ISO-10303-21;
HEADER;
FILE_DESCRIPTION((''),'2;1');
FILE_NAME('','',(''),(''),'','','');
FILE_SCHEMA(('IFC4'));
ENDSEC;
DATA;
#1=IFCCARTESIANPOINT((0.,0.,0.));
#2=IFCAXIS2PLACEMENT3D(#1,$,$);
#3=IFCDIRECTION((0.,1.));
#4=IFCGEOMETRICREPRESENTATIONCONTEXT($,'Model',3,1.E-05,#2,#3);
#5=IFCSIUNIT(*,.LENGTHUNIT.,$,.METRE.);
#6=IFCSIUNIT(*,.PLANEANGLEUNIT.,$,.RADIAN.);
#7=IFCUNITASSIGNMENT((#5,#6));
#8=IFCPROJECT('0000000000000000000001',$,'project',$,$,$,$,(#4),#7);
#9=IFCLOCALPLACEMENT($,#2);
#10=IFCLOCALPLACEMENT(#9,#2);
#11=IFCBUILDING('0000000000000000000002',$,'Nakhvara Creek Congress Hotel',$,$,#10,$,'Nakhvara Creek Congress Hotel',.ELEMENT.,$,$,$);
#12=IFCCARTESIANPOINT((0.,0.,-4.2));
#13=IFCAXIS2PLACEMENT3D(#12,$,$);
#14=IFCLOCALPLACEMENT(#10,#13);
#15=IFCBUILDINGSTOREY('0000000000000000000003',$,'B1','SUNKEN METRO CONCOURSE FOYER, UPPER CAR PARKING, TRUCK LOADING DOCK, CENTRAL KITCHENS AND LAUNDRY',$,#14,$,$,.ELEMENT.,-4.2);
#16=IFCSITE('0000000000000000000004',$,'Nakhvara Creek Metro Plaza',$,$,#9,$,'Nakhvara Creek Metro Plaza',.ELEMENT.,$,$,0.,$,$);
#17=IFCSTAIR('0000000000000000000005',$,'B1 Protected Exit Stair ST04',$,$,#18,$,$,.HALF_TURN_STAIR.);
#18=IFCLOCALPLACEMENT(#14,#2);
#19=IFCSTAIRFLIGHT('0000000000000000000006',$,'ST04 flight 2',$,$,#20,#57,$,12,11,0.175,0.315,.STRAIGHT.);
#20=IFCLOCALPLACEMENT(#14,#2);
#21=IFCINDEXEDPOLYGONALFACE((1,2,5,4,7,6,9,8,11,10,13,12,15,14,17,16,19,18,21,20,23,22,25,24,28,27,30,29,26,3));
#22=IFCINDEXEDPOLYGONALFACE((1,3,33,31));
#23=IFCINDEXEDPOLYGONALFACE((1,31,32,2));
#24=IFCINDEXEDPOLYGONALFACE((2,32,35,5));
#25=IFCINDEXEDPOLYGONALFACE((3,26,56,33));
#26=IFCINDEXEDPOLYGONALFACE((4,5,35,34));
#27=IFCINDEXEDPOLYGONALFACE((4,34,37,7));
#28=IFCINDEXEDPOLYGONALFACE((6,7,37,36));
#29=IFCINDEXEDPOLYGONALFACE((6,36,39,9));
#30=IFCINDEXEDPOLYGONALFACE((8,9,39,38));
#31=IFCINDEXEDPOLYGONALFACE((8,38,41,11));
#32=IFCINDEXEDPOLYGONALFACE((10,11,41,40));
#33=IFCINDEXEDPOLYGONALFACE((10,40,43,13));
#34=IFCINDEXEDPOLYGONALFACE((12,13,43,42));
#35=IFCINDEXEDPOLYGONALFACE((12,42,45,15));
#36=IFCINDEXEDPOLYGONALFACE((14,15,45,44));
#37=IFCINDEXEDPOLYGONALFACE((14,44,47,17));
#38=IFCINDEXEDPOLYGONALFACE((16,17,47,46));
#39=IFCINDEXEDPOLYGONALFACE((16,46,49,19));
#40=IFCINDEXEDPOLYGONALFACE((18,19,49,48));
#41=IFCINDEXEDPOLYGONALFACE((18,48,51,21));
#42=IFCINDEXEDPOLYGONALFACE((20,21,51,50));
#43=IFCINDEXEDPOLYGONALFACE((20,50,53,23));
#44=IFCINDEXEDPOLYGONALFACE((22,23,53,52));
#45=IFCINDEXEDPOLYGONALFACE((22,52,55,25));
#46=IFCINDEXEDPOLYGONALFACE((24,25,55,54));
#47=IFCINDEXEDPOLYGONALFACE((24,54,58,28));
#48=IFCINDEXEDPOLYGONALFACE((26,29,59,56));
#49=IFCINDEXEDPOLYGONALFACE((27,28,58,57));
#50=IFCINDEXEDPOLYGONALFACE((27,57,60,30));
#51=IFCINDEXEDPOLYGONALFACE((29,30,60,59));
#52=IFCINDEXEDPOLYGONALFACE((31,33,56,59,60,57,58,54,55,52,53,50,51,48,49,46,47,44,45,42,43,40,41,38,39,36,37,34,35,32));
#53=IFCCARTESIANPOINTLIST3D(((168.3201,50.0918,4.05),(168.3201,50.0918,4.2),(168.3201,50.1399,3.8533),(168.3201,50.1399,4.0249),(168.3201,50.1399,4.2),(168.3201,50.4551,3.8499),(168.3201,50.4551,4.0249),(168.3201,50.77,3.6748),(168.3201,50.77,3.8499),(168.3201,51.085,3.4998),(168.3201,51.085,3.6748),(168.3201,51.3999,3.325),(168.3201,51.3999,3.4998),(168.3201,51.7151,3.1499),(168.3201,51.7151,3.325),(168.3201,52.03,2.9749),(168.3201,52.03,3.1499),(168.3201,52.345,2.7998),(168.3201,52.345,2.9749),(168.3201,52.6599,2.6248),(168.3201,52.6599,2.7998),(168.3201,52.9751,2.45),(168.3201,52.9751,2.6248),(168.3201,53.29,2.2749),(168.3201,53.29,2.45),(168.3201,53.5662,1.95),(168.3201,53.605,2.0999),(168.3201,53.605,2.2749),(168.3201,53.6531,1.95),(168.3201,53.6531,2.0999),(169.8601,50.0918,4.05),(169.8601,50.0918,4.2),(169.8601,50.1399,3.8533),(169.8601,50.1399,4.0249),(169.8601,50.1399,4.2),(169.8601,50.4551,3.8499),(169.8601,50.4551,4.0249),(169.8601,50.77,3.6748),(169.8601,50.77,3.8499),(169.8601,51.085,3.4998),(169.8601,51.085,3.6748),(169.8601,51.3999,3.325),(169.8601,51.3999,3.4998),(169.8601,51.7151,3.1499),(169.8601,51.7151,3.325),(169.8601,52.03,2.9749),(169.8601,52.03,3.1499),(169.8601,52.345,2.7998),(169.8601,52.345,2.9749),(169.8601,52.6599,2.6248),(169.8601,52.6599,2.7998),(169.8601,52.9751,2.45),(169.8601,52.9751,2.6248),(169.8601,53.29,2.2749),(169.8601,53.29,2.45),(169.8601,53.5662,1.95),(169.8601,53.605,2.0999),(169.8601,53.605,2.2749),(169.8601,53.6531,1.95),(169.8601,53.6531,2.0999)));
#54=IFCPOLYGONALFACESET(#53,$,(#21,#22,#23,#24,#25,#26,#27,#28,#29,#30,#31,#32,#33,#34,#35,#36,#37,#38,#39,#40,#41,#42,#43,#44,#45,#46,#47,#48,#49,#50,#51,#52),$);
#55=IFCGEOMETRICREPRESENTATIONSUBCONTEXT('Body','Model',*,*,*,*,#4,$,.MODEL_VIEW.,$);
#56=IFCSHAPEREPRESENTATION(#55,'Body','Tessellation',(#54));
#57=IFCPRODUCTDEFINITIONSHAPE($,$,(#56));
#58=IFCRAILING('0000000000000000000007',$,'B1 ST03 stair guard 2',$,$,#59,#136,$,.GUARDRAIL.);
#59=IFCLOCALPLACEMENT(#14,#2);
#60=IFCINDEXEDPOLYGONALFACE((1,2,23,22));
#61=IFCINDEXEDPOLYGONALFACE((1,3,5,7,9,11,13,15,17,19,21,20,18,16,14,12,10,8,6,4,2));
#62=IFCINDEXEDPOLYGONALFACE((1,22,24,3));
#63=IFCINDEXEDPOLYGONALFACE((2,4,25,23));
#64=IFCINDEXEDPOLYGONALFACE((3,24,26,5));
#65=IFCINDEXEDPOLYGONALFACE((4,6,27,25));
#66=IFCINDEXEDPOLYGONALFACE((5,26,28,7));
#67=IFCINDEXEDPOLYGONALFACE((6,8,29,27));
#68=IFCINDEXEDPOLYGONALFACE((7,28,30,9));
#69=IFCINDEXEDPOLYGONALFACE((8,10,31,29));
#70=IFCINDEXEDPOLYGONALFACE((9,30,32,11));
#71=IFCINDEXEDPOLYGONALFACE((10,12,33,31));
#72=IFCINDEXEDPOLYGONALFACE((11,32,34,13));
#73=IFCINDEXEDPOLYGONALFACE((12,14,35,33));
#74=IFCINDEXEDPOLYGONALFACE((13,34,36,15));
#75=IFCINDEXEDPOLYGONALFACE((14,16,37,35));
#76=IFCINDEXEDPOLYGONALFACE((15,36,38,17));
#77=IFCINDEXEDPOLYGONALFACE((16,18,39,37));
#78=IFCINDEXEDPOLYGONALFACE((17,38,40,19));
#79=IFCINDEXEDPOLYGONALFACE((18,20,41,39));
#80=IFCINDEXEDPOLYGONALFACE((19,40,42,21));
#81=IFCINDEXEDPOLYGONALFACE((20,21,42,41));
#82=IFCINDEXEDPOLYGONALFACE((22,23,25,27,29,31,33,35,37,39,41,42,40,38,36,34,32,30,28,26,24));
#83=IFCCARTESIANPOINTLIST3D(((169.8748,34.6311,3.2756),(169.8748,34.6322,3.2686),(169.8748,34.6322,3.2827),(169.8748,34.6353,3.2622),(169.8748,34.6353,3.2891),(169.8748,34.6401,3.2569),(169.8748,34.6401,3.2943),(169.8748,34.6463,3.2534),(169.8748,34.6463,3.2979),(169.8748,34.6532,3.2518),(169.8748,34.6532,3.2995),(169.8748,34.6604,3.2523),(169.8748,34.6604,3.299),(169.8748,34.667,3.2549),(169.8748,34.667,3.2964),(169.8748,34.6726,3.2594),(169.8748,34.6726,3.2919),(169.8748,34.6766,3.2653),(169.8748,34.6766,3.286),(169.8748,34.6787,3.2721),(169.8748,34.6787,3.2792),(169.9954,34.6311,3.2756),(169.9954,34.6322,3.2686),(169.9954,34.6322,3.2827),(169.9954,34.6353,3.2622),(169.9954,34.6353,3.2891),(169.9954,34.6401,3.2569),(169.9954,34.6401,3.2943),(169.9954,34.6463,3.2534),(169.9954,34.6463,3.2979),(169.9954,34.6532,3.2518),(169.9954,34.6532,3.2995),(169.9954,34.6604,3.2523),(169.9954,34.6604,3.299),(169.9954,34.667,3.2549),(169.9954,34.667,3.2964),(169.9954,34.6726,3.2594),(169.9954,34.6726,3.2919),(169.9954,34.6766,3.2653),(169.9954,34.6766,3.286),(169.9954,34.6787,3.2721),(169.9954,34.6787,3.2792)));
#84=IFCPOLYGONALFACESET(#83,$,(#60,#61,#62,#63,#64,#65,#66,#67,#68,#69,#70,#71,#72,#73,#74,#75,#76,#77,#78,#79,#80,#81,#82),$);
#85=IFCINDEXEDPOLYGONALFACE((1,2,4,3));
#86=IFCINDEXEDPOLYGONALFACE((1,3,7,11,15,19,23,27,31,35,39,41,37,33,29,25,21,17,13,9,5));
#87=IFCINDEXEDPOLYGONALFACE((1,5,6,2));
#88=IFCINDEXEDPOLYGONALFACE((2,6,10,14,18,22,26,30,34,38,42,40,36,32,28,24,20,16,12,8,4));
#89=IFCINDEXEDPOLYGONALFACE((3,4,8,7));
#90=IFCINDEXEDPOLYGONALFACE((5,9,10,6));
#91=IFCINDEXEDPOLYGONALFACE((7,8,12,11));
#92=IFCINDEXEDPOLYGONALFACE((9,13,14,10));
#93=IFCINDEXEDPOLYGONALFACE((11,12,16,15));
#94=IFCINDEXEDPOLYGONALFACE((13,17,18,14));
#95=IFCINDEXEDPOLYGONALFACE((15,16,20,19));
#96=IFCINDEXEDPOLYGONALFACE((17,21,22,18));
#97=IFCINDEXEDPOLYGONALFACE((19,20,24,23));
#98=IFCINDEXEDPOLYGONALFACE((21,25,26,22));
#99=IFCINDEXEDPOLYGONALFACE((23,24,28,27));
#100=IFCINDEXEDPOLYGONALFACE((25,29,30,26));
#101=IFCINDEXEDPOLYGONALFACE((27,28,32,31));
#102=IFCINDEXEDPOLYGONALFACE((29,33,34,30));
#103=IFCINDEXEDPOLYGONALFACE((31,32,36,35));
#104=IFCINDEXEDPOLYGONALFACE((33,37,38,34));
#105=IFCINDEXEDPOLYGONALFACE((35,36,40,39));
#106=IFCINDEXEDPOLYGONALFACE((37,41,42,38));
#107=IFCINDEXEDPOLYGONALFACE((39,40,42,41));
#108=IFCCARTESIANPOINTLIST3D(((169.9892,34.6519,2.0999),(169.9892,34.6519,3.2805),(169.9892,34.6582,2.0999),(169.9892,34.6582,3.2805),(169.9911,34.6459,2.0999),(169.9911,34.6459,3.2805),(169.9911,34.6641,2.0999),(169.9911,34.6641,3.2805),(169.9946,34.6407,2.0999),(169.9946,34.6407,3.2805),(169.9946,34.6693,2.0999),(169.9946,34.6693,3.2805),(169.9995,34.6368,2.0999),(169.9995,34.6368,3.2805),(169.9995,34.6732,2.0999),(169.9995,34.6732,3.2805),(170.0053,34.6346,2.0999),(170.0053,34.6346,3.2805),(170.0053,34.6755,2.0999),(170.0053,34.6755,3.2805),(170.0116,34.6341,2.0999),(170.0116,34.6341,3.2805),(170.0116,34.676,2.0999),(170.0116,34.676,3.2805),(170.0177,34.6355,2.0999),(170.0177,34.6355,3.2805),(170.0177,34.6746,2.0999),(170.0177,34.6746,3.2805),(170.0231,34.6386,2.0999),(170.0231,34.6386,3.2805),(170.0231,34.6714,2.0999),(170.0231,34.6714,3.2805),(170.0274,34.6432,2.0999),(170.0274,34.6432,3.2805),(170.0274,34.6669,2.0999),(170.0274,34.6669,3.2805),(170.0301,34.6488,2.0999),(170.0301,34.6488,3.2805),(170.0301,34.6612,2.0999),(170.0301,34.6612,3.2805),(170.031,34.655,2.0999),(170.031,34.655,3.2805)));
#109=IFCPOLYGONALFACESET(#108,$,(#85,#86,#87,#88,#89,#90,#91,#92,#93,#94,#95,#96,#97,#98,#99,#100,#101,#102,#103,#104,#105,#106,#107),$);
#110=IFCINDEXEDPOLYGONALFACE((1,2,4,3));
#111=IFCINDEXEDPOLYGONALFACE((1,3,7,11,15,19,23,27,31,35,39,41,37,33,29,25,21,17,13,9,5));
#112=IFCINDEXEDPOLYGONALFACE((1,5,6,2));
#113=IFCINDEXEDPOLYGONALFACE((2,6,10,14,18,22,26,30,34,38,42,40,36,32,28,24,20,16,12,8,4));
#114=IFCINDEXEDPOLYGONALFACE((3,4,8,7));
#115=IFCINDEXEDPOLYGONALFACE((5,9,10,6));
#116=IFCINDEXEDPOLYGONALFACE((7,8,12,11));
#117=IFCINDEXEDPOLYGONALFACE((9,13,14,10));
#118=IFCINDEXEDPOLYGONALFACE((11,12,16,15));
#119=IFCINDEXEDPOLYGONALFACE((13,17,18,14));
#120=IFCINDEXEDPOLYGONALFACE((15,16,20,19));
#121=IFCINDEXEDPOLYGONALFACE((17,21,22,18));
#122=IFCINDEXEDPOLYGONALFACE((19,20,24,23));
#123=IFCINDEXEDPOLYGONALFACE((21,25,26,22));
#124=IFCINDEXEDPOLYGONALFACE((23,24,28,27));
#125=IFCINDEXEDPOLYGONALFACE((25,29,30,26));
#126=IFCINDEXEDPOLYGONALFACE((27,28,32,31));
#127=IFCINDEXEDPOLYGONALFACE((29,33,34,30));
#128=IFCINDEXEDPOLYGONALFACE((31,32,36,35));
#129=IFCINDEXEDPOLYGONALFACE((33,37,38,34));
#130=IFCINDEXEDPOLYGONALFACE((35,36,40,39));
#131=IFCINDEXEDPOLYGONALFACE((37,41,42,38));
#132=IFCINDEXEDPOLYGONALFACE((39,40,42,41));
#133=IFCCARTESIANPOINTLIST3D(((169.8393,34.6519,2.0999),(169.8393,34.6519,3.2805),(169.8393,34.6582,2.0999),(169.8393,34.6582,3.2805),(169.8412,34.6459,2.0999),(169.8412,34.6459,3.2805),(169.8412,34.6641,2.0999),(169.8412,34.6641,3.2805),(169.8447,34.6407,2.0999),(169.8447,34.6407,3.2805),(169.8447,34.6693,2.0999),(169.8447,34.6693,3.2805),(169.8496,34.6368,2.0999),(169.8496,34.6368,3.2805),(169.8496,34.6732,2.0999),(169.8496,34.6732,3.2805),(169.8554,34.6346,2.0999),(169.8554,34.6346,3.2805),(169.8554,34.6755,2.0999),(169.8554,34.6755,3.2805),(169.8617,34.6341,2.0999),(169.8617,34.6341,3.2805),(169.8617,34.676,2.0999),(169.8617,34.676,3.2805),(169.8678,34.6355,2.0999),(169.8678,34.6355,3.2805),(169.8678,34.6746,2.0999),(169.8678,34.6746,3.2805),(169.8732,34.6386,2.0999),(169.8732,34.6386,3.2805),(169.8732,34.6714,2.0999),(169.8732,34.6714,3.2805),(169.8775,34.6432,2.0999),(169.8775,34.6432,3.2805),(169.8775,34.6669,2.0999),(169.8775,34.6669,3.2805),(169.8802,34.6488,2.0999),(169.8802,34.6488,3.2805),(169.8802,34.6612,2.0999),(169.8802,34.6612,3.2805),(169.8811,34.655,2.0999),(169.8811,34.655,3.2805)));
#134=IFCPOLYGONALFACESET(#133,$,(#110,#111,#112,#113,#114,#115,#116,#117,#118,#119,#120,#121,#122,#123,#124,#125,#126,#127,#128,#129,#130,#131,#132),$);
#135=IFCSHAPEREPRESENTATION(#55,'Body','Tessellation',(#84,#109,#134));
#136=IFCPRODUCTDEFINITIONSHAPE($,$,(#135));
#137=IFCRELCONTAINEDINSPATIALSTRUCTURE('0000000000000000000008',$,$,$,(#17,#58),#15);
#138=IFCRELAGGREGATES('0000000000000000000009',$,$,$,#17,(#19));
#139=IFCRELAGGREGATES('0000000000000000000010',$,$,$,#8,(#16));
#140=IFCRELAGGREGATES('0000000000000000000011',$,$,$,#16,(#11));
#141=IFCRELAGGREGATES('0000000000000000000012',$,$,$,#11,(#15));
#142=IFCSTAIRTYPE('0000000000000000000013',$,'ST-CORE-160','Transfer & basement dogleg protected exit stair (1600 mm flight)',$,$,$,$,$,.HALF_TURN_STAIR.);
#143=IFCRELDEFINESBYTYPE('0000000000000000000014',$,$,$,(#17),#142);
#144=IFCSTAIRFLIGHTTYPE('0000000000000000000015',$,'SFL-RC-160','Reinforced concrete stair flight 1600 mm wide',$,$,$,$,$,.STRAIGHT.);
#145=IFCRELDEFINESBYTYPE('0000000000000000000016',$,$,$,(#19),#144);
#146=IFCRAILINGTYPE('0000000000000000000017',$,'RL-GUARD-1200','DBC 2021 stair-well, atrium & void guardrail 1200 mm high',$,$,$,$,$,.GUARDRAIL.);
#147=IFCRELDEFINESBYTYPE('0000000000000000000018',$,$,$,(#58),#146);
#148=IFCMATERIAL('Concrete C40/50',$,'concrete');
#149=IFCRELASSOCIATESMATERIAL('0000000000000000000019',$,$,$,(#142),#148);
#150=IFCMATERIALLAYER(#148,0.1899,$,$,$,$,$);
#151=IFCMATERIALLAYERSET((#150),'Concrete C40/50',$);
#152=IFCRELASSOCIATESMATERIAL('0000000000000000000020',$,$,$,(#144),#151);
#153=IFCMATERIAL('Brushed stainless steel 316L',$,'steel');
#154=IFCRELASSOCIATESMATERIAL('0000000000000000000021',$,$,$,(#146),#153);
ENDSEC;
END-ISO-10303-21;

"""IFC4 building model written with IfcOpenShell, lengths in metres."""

from ifc_helpers import new_model, si_unit, direction, frame, origin, origin_2d, place, context, subcontext, project, spatial, polyline, circle, outline, extrude, material, layer, layer_set, type_object, element, aggregate, save


model = new_model("IFC4")

# Units and contexts
model_context = context("Model", 3, precision=1e-05, world=origin(), true_north=direction((0.0, 1.0)))
body_context = subcontext(model_context, "Body", "Model", "MODEL_VIEW")
ifc_project = project(units=[si_unit("LENGTHUNIT", "METRE"), si_unit("PLANEANGLEUNIT", "RADIAN")], contexts=[model_context])

# Site, building, storey
site_placement = place(None, origin())
site = spatial("IfcSite", under=ifc_project, at=site_placement, Name="Nakhvara Creek Metro Plaza", LongName="Nakhvara Creek Metro Plaza", CompositionType="ELEMENT", RefElevation=0.0)
building_placement = place(site_placement, origin())
building = spatial("IfcBuilding", under=site, at=building_placement, Name="Nakhvara Creek Congress Hotel", LongName="Nakhvara Creek Congress Hotel", CompositionType="ELEMENT")
storey_placement = place(building_placement, frame((0.0, 0.0, -4.2)))
storey = spatial("IfcBuildingStorey", under=building, at=storey_placement, Name="B1", Description="SUNKEN METRO CONCOURSE FOYER, UPPER CAR PARKING, TRUCK LOADING DOCK, CENTRAL KITCHENS AND LAUNDRY", CompositionType="ELEMENT", Elevation=-4.2)

# Shared definitions
ifc_material_1 = material(Name="Concrete C40/50", Category="concrete")

# Stair, stair flight
stair_type = type_object("IfcStairType", Name="ST-CORE-160", Description="Transfer & basement dogleg protected exit stair (1600 mm flight)", PredefinedType="HALF_TURN_STAIR", material=ifc_material_1)
stair_placement = place(storey_placement, origin())
stair = element("IfcStair", 1, at=stair_placement, inside=storey, type_object=stair_type, Name="B1 Protected Exit Stair ST04", PredefinedType="HALF_TURN_STAIR")
ifc_layer_1 = layer(ifc_material_1, 0.1899)
ifc_layer_set_1 = layer_set([ifc_layer_1], Name="Concrete C40/50")
stair_flight_type = type_object("IfcStairFlightType", Name="SFL-RC-160", Description="Reinforced concrete stair flight 1600 mm wide", PredefinedType="STRAIGHT", material=ifc_layer_set_1)
stair_flight_1_placement = place(storey_placement, frame((169.0901, 53.605, 2.0999), z_axis=(0.0, 0.0, 1.0), x_axis=(0.0, -1.0, 0.0)))
stair_flight_1 = element("IfcStairFlight", 2, at=stair_flight_1_placement, type_object=stair_flight_type, Name="ST04 flight 2", NumberOfRisers=12, NumberOfTreads=11, PredefinedType="STRAIGHT", RiserHeight=0.175, TreadLength=0.315, context=body_context, shape_type="SweptSolid", body=[
    extrude(outline(polyline([(-0.0481, 0.0), (0.0, 0.0), (0.0, 0.175), (0.3149, 0.175), (0.3149, 0.3501), (0.6299, 0.3501), (0.6299, 0.5249), (0.9451, 0.5249), (0.9451, 0.7), (1.26, 0.7), (1.26, 0.875), (1.575, 0.875), (1.575, 1.05), (1.8899, 1.05), (1.8899, 1.2251), (2.2051, 1.2251), (2.2051, 1.3999), (2.52, 1.3999), (2.52, 1.575), (2.835, 1.575), (2.835, 1.75), (3.1499, 1.75), (3.1499, 1.925), (3.4651, 1.925), (3.4651, 2.1001), (3.5132, 2.1001), (3.5132, 1.9502), (3.4651, 1.7534), (0.0388, -0.1499), (-0.0481, -0.1499), (-0.0481, 0.0)])), frame((0.0, 0.77, 0.0), z_axis=(0.0, -1.0, 0.0), x_axis=(1.0, 0.0, 0.0)), (0.0, 0.0, 1.0), 1.54),
])
aggregate(stair, [stair_flight_1])

# Railing
ifc_material_2 = material(Name="Brushed stainless steel 316L", Category="steel")
railing_type_1 = type_object("IfcRailingType", Name="RL-GUARD-1200", Description="DBC 2021 stair-well, atrium & void guardrail 1200 mm high", PredefinedType="GUARDRAIL", material=ifc_material_2)
railing_1_placement = place(storey_placement, frame((170.01, 34.655, 2.0999)))
element("IfcRailing", 3, at=railing_1_placement, inside=storey, type_object=railing_type_1, Name="B1 ST03 stair guard 2", PredefinedType="GUARDRAIL", context=body_context, shape_type="SweptSolid", body=[
    extrude(circle(Radius=0.0239, at=origin_2d()), frame((-0.0146, 0.0, 1.1758), z_axis=(-1.0, 0.0, 0.0), x_axis=(0.0, -1.0, 0.0)), (0.0, 0.0, 1.0), 0.1206),
    extrude(circle(Radius=0.021, at=origin_2d()), origin(), (0.0, 0.0, 1.0), 1.1807),
    extrude(circle(Radius=0.021, at=origin_2d()), frame((-0.1499, 0.0, 0.0)), (0.0, 0.0, 1.0), 1.1807),
])

save(model, "model.ifc")
